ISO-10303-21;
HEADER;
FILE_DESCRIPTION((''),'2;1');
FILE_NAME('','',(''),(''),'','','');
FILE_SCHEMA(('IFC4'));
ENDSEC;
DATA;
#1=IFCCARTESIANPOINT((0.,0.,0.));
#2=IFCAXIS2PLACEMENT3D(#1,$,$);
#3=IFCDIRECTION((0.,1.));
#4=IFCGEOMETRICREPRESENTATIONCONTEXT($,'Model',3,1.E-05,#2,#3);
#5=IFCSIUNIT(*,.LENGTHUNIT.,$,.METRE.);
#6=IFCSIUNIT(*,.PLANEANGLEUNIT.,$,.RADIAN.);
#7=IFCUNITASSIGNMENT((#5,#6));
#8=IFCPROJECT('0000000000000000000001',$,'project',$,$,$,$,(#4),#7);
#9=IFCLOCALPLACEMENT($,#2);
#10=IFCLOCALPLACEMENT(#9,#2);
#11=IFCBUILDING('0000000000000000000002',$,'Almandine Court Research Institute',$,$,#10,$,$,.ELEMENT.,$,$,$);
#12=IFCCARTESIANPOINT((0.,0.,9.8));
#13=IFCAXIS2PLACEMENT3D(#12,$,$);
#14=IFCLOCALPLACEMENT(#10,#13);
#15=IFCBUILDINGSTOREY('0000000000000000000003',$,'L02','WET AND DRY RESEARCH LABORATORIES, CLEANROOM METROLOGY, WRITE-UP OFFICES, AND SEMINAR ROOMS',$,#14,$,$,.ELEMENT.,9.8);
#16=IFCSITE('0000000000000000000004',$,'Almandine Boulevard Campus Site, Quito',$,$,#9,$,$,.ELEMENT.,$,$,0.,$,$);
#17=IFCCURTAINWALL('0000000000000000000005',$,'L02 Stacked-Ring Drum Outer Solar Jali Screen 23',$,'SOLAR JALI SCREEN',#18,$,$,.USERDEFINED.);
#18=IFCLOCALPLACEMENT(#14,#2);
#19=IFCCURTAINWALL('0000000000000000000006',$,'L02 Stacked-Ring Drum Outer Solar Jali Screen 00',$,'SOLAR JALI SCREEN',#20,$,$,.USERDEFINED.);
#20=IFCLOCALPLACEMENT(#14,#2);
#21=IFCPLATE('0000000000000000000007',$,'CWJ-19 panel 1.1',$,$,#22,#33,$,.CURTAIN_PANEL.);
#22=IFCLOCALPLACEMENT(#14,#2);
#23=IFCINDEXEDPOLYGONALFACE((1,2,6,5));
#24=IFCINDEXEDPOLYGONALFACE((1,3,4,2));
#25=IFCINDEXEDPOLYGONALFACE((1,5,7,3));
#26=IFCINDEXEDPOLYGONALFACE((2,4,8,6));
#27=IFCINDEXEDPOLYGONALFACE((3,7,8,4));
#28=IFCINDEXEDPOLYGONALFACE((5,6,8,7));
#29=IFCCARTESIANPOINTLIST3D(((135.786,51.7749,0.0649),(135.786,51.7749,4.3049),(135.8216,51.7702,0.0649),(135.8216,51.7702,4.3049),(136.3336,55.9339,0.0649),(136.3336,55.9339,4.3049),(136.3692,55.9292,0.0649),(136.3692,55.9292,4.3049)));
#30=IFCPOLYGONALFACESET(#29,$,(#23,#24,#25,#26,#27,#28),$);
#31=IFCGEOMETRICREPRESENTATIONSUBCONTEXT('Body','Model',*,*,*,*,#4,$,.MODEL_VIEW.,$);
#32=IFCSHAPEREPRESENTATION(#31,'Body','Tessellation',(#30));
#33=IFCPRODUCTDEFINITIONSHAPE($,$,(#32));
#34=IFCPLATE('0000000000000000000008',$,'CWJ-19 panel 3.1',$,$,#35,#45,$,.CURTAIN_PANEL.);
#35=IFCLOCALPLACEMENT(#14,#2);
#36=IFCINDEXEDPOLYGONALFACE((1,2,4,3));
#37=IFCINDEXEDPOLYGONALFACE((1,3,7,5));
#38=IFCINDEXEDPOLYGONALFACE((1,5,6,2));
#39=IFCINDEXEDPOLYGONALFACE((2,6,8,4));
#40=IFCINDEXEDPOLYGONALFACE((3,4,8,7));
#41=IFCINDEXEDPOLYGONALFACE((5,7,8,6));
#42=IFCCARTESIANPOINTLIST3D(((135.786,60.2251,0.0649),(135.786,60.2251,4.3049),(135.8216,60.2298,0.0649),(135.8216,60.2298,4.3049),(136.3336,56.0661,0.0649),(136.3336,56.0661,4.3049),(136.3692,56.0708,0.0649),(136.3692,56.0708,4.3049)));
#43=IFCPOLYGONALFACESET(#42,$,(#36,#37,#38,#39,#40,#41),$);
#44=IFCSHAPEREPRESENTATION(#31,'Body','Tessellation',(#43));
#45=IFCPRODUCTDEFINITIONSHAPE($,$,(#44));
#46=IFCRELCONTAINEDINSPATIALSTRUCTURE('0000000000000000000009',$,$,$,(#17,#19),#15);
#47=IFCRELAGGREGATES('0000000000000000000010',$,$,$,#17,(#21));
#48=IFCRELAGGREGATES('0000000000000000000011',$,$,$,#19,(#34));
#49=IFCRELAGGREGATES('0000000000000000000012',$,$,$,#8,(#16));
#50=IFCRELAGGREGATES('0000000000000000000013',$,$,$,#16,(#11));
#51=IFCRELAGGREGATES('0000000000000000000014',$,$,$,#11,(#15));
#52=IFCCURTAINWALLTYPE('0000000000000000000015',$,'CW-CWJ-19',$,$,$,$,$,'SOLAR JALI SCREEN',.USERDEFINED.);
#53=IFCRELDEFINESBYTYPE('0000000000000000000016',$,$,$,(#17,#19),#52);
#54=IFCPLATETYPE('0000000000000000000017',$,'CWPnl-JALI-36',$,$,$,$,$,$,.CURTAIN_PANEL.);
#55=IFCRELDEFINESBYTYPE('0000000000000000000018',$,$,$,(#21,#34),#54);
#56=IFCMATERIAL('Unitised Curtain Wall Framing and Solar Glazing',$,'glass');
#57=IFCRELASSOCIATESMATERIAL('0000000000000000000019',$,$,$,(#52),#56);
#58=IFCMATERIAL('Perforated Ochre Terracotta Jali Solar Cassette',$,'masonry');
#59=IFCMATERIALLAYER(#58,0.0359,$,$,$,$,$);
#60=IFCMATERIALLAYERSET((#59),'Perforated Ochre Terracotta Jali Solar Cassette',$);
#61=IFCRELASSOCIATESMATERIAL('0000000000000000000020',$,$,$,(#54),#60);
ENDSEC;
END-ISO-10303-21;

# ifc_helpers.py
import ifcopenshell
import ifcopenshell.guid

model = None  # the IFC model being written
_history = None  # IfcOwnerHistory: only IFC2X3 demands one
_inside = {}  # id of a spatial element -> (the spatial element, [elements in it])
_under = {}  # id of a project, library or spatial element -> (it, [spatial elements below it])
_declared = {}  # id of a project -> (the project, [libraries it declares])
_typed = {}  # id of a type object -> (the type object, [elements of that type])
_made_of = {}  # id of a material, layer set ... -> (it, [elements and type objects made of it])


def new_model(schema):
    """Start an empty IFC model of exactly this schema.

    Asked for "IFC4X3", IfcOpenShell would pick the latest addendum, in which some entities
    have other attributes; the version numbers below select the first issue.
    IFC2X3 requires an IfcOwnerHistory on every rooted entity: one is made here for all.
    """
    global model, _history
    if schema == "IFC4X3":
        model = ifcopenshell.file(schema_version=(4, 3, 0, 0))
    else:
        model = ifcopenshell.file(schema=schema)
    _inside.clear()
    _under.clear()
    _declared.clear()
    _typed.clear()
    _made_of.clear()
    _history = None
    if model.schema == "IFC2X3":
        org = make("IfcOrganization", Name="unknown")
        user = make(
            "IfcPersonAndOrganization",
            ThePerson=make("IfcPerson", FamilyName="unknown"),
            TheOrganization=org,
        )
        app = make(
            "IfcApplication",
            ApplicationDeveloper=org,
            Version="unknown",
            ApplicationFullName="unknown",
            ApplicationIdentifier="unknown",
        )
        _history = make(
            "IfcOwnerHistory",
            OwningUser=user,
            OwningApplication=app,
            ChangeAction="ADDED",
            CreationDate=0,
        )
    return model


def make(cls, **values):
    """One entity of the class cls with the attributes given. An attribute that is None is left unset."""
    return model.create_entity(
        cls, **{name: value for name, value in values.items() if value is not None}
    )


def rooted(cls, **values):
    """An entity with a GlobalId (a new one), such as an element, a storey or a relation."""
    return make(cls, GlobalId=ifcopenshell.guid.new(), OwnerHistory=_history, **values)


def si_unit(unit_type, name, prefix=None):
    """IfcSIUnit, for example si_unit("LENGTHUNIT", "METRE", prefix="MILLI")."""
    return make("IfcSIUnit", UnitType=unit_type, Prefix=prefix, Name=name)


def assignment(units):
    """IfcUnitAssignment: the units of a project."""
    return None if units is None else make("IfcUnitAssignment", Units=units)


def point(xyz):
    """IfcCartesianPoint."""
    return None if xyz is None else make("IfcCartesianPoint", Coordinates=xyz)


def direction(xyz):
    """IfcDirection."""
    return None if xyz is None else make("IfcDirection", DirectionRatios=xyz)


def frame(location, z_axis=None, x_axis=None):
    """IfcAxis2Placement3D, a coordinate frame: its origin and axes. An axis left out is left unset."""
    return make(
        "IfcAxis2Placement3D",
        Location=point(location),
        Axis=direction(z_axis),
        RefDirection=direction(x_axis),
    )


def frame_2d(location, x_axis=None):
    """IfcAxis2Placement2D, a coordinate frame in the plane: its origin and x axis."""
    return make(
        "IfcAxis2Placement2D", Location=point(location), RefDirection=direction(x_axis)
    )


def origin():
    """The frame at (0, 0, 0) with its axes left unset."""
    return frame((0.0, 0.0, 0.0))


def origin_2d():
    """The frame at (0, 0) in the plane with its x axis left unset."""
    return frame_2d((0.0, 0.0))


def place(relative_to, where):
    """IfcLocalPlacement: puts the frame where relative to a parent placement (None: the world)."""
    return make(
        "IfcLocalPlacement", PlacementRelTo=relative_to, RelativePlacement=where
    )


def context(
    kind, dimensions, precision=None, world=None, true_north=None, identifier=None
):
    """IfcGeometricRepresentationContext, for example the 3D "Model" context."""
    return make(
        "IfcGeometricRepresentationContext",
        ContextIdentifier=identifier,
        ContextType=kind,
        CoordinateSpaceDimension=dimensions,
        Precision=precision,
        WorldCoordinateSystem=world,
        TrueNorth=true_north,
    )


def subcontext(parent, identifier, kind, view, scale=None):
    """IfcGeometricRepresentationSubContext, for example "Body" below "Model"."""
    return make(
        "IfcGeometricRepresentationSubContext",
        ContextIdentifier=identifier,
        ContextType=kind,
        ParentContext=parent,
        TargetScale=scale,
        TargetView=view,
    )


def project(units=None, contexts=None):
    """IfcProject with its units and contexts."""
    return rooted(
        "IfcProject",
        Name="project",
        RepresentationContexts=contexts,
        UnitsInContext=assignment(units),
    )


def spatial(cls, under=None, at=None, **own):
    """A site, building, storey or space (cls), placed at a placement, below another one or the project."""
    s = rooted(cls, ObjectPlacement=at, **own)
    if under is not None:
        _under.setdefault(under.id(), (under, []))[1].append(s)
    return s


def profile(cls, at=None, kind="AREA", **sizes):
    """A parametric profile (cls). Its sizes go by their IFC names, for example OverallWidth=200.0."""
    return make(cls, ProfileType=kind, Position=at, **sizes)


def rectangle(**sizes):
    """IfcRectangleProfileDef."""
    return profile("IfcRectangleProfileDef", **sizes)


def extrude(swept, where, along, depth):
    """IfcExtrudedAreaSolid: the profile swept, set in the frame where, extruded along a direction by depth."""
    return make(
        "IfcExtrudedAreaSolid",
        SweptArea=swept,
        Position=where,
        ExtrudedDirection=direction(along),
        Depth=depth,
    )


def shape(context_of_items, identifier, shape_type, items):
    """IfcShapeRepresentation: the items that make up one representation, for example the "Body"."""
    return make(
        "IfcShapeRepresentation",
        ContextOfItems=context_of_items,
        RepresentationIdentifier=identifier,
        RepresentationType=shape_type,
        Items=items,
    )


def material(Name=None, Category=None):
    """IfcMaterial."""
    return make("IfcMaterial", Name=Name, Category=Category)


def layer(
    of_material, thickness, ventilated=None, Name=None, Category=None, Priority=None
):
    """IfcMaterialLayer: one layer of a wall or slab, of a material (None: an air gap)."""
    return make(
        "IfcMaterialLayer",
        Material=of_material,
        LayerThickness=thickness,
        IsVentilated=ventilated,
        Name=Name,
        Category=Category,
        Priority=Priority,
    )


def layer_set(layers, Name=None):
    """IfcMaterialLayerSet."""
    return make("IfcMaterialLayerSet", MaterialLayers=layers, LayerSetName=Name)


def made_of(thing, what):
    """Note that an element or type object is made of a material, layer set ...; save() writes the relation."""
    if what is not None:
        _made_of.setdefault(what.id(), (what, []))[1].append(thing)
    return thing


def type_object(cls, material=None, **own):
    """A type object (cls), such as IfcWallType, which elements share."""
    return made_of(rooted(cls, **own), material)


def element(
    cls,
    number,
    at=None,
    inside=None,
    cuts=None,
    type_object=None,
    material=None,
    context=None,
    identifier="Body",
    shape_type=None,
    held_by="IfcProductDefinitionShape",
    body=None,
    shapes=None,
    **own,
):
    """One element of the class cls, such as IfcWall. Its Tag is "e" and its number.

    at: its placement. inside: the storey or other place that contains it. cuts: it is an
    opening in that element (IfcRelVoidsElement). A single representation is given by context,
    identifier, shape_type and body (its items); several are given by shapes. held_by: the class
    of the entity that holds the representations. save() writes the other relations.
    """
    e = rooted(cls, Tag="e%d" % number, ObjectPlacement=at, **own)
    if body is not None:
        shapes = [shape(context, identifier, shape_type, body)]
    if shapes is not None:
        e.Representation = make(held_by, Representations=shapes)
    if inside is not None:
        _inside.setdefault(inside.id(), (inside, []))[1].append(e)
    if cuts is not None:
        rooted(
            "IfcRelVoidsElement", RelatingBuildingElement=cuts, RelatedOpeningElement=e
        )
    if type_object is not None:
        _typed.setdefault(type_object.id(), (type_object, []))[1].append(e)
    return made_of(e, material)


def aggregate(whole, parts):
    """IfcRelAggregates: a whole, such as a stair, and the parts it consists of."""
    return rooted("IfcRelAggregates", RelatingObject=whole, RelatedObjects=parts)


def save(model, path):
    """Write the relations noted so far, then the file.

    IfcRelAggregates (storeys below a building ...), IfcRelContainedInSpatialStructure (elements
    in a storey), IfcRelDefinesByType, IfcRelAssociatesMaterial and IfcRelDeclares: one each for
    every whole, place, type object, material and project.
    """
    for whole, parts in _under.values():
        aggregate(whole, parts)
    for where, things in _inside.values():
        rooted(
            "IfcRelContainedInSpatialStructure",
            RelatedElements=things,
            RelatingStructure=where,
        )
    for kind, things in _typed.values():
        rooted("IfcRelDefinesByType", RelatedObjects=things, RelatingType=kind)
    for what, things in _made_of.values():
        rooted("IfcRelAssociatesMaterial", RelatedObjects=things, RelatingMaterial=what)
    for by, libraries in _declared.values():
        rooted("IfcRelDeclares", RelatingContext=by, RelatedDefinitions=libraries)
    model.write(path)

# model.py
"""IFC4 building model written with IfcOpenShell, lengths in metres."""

from ifc_helpers import new_model, si_unit, direction, frame, origin, origin_2d, place, context, subcontext, project, spatial, rectangle, extrude, material, layer, layer_set, type_object, element, aggregate, save


model = new_model("IFC4")

# Units and contexts
model_context = context("Model", 3, precision=1e-05, world=origin(), true_north=direction((0.0, 1.0)))
body_context = subcontext(model_context, "Body", "Model", "MODEL_VIEW")
ifc_project = project(units=[si_unit("LENGTHUNIT", "METRE"), si_unit("PLANEANGLEUNIT", "RADIAN")], contexts=[model_context])

# Site, building, storey
site_placement = place(None, origin())
site = spatial("IfcSite", under=ifc_project, at=site_placement, Name="Almandine Boulevard Campus Site, Quito", CompositionType="ELEMENT", RefElevation=0.0)
building_placement = place(site_placement, origin())
building = spatial("IfcBuilding", under=site, at=building_placement, Name="Almandine Court Research Institute", CompositionType="ELEMENT")
storey_placement = place(building_placement, frame((0.0, 0.0, 9.8)))
storey = spatial("IfcBuildingStorey", under=building, at=storey_placement, Name="L02", Description="WET AND DRY RESEARCH LABORATORIES, CLEANROOM METROLOGY, WRITE-UP OFFICES, AND SEMINAR ROOMS", CompositionType="ELEMENT", Elevation=9.8)

# Curtain walls
ifc_material_1 = material(Name="Unitised Curtain Wall Framing and Solar Glazing", Category="glass")
curtain_wall_type_1 = type_object("IfcCurtainWallType", Name="CW-CWJ-19", ElementType="SOLAR JALI SCREEN", PredefinedType="USERDEFINED", material=ifc_material_1)
curtain_wall_1_placement = place(storey_placement, origin())
curtain_wall_1 = element("IfcCurtainWall", 1, at=curtain_wall_1_placement, inside=storey, type_object=curtain_wall_type_1, Name="L02 Stacked-Ring Drum Outer Solar Jali Screen 23", ObjectType="SOLAR JALI SCREEN", PredefinedType="USERDEFINED")
curtain_wall_2_placement = place(storey_placement, origin())
curtain_wall_2 = element("IfcCurtainWall", 2, at=curtain_wall_2_placement, inside=storey, type_object=curtain_wall_type_1, Name="L02 Stacked-Ring Drum Outer Solar Jali Screen 00", ObjectType="SOLAR JALI SCREEN", PredefinedType="USERDEFINED")

# Plates
ifc_material_2 = material(Name="Perforated Ochre Terracotta Jali Solar Cassette", Category="masonry")
ifc_layer = layer(ifc_material_2, 0.0359)
ifc_layer_set = layer_set([ifc_layer], Name="Perforated Ochre Terracotta Jali Solar Cassette")
plate_type = type_object("IfcPlateType", Name="CWPnl-JALI-36", PredefinedType="CURTAIN_PANEL", material=ifc_layer_set)
plate_1_placement = place(storey_placement, frame((136.0776, 53.8521, 0.0649), z_axis=(0.0, 0.0, 1.0), x_axis=(-0.130541, -0.991443, 0.0)))
plate_1 = element("IfcPlate", 3, at=plate_1_placement, type_object=plate_type, Name="CWJ-19 panel 1.1", PredefinedType="CURTAIN_PANEL", context=body_context, shape_type="SweptSolid", body=[
    extrude(rectangle(XDim=4.1948, YDim=0.0359, at=origin_2d()), origin(), (0.0, 0.0, 1.0), 4.24),
])
aggregate(curtain_wall_1, [plate_1])
plate_2_placement = place(storey_placement, frame((136.0776, 58.1479, 0.0649), z_axis=(0.0, 0.0, 1.0), x_axis=(0.130541, -0.991443, 0.0)))
plate_2 = element("IfcPlate", 4, at=plate_2_placement, type_object=plate_type, Name="CWJ-19 panel 3.1", PredefinedType="CURTAIN_PANEL", context=body_context, shape_type="SweptSolid", body=[
    extrude(rectangle(XDim=4.1948, YDim=0.0359, at=origin_2d()), origin(), (0.0, 0.0, 1.0), 4.24),
])
aggregate(curtain_wall_2, [plate_2])

save(model, "model.ifc")
